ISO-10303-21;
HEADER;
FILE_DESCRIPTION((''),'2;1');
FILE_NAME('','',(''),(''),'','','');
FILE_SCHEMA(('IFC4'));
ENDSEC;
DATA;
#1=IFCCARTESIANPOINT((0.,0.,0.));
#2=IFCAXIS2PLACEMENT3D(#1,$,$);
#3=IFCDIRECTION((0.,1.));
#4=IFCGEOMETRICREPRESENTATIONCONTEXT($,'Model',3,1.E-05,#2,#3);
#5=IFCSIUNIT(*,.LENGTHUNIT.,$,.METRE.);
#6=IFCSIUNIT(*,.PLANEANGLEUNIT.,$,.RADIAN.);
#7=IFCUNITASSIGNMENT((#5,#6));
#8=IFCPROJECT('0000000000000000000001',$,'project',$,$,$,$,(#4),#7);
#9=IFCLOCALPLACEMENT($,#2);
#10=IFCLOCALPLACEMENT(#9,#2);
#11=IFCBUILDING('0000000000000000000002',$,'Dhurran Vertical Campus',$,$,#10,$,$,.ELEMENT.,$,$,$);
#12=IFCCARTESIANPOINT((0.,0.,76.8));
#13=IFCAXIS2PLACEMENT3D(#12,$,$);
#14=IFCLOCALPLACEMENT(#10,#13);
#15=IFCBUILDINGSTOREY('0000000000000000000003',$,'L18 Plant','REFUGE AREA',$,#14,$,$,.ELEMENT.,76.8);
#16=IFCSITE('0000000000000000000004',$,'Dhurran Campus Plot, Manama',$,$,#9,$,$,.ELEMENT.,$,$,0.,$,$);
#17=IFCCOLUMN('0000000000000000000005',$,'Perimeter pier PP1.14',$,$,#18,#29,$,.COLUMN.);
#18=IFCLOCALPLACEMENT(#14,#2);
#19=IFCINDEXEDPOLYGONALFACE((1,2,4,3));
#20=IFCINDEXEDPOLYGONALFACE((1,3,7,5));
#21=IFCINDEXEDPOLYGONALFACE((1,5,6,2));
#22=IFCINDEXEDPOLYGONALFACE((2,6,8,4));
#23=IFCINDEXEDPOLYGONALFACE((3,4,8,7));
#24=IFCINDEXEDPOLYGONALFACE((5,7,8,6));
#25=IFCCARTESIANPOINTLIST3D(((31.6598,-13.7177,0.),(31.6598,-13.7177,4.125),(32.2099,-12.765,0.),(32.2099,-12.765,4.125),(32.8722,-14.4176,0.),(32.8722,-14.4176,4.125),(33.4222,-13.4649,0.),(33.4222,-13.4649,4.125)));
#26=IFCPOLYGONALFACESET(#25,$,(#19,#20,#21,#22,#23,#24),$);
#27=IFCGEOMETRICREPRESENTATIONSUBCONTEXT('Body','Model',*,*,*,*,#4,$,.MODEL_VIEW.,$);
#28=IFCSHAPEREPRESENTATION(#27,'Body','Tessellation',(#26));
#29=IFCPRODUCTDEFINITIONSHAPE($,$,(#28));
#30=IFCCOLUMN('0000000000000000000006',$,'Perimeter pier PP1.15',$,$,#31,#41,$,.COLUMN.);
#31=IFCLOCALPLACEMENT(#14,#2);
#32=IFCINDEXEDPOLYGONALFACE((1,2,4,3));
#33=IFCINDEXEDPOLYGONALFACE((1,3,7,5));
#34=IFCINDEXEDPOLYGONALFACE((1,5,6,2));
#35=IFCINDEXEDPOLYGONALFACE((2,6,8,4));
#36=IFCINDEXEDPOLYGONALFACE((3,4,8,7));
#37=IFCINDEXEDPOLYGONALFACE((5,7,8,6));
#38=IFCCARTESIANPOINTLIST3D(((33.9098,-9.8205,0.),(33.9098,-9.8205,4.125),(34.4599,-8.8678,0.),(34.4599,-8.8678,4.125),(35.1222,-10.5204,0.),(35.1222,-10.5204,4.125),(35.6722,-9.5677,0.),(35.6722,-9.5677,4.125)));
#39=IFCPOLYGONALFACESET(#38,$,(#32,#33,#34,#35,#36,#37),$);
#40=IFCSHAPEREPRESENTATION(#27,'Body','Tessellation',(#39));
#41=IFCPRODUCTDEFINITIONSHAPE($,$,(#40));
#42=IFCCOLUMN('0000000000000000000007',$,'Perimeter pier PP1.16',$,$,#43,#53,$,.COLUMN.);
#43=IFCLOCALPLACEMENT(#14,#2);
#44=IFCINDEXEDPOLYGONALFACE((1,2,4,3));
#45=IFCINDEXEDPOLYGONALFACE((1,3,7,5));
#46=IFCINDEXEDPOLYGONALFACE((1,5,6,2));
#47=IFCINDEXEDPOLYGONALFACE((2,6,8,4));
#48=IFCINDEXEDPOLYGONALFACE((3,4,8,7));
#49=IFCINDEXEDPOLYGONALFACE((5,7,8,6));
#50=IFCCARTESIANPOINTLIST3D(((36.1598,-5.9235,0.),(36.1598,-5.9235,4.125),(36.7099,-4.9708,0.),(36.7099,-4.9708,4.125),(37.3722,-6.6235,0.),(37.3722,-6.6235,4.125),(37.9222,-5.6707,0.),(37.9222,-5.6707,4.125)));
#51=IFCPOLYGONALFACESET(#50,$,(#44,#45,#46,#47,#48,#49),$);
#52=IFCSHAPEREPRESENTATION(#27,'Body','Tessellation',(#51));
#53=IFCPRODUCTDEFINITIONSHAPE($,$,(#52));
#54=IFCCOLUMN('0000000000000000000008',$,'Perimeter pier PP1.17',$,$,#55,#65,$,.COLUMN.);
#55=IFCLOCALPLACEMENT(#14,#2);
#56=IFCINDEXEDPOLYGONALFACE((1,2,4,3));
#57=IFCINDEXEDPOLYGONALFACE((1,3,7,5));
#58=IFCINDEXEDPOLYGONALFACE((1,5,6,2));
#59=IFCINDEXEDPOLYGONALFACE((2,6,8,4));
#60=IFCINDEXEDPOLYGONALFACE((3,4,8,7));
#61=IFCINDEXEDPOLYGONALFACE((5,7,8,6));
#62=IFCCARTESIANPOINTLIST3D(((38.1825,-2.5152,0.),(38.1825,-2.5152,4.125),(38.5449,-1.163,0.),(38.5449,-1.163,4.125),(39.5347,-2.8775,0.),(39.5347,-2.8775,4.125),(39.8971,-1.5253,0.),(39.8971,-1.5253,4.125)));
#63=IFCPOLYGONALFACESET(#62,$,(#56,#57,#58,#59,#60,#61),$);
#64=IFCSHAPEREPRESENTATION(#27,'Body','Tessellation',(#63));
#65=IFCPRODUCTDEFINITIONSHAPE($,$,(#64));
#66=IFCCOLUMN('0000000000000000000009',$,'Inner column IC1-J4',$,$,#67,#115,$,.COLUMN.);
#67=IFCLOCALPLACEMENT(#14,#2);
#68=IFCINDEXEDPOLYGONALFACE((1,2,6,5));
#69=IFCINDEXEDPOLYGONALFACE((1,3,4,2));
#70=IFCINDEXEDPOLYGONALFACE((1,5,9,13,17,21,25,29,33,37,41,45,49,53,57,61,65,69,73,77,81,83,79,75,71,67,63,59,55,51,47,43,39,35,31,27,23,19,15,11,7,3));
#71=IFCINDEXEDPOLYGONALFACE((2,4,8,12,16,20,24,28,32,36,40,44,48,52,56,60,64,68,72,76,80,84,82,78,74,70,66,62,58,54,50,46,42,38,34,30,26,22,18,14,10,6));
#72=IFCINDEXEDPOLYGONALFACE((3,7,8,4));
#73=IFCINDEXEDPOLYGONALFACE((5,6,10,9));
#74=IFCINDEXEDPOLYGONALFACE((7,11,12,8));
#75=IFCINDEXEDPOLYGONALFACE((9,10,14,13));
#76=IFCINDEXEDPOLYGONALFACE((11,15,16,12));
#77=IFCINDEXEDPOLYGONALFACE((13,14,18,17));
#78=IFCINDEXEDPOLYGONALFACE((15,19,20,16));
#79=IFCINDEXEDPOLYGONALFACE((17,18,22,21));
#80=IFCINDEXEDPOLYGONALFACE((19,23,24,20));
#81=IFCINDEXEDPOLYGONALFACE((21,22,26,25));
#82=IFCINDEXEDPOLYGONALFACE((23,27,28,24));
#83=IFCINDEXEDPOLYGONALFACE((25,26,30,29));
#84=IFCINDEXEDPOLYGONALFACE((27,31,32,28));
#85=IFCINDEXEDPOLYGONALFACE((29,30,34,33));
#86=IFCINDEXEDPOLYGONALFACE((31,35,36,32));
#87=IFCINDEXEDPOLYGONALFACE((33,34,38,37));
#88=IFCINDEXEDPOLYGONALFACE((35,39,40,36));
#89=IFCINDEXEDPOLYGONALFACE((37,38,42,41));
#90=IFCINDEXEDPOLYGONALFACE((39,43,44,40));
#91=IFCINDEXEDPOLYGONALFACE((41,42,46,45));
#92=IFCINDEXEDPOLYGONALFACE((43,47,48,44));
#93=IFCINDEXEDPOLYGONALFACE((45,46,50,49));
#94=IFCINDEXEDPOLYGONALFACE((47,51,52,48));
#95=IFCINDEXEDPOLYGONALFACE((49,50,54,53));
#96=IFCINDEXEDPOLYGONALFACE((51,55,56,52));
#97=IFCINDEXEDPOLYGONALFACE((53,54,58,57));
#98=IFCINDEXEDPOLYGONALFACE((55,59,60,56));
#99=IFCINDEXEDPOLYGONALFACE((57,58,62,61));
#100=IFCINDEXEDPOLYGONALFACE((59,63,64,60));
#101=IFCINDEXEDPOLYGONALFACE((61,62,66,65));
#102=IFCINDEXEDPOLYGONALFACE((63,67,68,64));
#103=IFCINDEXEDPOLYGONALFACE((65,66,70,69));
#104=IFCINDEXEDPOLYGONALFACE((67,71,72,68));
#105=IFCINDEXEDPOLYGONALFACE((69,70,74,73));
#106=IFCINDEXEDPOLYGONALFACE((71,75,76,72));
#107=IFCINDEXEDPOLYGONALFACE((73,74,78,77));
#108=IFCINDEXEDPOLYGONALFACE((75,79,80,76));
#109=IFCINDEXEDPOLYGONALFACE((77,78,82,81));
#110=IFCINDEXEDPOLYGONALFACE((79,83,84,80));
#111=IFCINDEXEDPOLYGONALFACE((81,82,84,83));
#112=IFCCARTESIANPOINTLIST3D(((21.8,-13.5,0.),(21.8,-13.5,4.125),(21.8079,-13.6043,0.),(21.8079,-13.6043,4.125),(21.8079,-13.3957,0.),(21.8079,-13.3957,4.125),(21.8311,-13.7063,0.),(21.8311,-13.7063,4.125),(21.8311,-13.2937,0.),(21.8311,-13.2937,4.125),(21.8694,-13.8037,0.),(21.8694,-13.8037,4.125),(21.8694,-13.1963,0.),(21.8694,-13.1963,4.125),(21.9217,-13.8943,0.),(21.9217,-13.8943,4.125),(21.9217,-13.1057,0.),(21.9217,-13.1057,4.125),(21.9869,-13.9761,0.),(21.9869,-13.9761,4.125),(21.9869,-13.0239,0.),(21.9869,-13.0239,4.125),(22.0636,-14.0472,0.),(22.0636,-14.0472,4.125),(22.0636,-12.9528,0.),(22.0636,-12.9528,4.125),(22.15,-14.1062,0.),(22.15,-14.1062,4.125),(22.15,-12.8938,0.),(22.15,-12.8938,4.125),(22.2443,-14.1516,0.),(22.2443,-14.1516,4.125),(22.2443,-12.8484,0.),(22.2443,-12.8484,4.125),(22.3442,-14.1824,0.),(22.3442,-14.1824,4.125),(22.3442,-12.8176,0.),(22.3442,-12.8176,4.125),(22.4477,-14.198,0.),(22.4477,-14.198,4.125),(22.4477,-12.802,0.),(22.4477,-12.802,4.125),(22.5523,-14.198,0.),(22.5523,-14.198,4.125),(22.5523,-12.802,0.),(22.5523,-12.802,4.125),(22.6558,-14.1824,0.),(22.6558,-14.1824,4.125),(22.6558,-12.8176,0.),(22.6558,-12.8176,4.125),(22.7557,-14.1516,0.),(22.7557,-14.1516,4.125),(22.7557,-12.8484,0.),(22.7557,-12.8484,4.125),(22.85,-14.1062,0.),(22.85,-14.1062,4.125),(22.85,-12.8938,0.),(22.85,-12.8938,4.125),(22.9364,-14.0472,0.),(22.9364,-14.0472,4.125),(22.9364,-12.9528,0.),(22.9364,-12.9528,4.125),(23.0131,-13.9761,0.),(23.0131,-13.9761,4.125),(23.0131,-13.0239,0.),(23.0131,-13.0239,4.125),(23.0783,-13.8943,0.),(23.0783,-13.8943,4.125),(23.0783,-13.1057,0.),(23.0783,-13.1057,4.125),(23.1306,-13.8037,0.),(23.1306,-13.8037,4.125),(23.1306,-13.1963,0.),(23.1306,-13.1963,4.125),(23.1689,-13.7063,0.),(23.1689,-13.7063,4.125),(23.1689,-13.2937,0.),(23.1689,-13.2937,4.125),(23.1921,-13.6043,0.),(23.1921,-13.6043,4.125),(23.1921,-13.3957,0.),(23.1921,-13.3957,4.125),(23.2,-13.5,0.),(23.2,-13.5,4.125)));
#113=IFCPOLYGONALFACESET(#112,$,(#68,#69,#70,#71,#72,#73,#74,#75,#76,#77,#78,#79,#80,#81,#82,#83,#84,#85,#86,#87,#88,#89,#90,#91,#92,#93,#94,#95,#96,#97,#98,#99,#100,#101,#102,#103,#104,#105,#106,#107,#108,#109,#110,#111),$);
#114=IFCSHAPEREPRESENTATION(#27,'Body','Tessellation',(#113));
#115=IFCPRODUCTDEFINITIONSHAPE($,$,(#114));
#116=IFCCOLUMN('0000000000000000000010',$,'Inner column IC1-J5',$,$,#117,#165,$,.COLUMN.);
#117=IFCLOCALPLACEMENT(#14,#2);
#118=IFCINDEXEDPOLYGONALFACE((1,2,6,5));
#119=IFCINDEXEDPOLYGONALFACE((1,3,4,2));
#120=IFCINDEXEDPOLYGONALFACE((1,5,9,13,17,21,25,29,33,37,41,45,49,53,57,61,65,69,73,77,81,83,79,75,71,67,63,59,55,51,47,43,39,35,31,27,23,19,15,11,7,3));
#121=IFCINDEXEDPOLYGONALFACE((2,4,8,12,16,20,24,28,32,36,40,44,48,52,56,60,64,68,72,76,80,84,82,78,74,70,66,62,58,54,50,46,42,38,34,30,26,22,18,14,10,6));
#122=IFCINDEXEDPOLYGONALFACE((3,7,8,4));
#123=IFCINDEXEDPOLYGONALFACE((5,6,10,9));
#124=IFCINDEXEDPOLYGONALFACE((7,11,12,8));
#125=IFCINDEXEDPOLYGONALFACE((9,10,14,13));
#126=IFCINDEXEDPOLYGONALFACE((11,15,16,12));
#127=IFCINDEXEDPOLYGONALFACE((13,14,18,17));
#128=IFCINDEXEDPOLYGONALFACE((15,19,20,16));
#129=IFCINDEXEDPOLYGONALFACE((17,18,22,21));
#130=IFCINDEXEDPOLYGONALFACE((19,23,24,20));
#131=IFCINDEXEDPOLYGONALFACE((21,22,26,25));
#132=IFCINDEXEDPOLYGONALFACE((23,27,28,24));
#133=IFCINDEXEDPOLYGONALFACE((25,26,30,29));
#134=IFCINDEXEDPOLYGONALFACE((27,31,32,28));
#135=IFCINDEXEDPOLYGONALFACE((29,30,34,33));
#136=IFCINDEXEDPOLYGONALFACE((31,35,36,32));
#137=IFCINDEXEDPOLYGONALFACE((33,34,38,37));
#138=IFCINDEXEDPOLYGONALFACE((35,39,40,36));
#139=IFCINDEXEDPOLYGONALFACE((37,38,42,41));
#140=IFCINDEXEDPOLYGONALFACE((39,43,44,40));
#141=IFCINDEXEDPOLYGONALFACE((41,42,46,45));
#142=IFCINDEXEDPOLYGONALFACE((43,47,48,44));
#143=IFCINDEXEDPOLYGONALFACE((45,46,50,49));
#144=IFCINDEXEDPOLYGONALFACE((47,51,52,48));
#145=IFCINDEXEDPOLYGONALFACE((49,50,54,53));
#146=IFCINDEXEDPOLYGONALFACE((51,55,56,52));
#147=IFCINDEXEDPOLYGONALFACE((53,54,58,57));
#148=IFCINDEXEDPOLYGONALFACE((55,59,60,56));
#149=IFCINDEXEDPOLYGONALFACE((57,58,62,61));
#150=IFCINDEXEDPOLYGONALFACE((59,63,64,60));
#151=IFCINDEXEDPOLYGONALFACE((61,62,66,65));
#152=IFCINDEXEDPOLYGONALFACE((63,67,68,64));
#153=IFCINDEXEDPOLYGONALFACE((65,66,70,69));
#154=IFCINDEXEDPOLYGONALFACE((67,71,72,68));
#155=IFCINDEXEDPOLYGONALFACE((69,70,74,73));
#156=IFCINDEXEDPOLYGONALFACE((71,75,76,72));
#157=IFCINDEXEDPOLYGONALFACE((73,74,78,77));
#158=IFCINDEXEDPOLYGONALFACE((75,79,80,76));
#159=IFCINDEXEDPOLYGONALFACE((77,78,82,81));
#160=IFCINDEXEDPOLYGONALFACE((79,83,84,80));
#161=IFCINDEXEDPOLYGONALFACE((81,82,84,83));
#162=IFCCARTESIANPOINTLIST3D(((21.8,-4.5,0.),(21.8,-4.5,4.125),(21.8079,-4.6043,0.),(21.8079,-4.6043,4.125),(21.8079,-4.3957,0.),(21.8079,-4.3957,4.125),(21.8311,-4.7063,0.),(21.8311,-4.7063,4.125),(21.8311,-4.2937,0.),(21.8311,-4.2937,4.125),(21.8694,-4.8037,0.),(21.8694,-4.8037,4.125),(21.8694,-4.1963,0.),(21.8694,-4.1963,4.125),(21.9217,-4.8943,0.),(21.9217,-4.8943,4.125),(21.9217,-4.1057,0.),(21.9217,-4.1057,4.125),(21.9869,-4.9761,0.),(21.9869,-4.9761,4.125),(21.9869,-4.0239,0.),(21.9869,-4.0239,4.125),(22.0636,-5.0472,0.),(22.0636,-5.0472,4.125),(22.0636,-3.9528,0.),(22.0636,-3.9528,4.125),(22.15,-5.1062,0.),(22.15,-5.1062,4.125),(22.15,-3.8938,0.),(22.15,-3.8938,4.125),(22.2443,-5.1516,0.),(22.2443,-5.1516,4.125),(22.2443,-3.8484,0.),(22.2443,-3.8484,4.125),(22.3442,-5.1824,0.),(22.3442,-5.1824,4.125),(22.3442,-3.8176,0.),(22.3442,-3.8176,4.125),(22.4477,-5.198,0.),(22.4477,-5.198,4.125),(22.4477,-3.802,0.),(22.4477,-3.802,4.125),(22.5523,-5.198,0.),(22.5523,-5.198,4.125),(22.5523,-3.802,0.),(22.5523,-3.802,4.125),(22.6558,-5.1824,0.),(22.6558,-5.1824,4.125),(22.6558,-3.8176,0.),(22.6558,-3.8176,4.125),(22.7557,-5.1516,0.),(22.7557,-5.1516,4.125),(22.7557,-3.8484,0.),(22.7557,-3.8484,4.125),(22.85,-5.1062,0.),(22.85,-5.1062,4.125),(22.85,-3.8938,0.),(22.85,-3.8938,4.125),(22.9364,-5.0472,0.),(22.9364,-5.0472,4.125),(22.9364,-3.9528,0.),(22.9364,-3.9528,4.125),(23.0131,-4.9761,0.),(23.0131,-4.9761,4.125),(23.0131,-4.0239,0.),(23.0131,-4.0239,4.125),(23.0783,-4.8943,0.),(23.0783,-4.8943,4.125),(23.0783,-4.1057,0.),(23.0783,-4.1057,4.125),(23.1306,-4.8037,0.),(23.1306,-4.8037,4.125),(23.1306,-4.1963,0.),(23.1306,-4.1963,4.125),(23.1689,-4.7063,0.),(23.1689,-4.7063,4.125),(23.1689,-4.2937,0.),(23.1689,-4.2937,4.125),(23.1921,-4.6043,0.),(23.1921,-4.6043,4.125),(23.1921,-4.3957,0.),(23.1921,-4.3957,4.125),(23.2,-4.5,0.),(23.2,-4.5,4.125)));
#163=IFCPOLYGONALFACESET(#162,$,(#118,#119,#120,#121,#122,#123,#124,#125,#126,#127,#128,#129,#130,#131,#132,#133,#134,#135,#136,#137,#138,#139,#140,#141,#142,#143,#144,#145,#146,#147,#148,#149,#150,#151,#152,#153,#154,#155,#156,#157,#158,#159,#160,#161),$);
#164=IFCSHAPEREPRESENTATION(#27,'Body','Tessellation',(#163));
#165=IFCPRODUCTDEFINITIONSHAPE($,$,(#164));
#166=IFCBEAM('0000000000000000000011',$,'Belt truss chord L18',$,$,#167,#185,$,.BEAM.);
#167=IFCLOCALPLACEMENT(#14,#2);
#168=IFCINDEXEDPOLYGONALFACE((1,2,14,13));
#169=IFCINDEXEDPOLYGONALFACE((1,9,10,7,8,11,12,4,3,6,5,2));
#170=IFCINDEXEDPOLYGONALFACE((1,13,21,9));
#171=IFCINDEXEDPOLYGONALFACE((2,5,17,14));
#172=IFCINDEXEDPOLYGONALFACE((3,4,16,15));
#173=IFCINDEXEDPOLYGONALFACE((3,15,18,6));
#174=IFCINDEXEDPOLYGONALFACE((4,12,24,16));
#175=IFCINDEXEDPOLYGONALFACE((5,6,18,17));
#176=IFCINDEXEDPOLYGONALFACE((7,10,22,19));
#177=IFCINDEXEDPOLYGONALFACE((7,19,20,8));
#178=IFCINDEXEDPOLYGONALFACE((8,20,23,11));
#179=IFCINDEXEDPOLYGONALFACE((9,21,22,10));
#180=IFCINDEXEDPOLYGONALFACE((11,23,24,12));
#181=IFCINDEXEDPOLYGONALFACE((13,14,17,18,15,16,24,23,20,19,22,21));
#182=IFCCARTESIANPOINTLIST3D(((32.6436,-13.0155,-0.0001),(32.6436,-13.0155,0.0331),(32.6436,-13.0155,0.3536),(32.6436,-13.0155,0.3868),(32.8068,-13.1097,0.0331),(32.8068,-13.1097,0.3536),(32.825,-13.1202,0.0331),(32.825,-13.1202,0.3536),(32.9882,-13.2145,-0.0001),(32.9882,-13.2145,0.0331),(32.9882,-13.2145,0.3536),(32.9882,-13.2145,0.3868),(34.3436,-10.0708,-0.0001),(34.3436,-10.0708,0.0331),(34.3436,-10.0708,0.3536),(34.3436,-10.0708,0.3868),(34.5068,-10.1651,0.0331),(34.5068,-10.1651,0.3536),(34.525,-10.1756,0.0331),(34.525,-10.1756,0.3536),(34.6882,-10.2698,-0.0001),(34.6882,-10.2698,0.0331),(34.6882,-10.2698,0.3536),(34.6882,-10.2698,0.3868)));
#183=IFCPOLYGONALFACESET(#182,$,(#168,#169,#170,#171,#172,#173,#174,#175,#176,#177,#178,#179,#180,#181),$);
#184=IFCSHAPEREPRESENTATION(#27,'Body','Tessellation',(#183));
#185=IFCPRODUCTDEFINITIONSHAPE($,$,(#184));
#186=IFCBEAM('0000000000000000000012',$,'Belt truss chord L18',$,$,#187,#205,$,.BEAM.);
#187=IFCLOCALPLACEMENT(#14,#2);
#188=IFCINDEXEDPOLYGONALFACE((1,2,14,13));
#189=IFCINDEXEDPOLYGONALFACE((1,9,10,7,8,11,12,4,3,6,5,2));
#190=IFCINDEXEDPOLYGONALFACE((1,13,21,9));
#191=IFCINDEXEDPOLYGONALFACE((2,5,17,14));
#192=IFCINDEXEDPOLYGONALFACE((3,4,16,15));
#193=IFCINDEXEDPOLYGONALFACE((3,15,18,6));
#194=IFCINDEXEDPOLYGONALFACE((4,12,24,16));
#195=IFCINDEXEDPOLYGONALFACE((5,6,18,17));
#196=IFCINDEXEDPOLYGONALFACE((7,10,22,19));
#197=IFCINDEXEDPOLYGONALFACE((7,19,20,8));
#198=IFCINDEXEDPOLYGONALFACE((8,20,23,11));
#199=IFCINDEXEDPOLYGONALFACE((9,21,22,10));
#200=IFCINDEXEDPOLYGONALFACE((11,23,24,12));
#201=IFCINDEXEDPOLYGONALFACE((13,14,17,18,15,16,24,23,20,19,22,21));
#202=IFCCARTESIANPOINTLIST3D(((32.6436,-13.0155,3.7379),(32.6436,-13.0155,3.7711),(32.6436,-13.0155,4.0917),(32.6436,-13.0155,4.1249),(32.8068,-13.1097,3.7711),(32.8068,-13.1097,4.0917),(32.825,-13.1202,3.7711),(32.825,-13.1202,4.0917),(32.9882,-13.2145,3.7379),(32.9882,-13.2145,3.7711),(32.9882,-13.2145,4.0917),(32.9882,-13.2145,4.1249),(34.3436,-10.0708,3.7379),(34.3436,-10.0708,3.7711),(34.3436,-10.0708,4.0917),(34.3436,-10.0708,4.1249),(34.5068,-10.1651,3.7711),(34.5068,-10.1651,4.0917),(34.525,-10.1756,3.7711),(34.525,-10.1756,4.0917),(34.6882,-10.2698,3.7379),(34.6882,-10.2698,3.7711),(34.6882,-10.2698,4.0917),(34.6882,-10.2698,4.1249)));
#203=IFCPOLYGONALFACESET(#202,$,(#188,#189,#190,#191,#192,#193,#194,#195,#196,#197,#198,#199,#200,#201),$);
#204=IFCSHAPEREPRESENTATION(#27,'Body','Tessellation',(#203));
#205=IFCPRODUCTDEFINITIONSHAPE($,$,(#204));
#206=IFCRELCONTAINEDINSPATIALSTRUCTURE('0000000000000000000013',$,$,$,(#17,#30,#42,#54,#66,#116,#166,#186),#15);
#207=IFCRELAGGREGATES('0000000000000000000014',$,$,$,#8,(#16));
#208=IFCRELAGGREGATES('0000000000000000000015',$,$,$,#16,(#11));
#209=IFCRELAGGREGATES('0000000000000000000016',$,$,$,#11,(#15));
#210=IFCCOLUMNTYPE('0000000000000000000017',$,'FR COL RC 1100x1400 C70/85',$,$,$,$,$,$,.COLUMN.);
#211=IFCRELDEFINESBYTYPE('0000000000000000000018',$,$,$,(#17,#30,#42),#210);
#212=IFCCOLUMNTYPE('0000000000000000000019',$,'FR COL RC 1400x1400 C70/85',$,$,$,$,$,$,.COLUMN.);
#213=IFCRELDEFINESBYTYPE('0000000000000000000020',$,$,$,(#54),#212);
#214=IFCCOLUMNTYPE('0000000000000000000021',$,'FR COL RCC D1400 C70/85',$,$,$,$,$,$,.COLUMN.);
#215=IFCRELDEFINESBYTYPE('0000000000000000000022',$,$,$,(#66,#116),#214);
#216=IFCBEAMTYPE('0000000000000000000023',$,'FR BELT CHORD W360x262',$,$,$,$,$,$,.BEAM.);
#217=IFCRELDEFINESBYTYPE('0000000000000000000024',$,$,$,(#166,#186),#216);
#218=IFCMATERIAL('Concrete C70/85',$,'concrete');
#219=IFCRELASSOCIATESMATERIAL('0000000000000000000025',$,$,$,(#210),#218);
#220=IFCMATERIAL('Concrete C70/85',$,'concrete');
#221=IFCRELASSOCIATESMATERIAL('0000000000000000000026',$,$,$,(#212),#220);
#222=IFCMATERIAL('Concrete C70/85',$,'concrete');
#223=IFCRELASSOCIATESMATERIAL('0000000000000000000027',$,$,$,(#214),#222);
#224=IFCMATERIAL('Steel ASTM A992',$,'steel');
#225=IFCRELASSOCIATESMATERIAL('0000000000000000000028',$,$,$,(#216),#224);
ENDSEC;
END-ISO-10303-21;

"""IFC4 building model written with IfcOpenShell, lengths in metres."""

from ifc_helpers import new_model, si_unit, direction, frame, origin, origin_2d, place, context, subcontext, project, spatial, rectangle, circle, i_section, extrude, material, material_profile, profile_set, type_object, element, save


model = new_model("IFC4")

# Units and contexts
model_context = context("Model", 3, precision=1e-05, world=origin(), true_north=direction((0.0, 1.0)))
body_context = subcontext(model_context, "Body", "Model", "MODEL_VIEW")
ifc_project = project(units=[si_unit("LENGTHUNIT", "METRE"), si_unit("PLANEANGLEUNIT", "RADIAN")], contexts=[model_context])

# Site, building, storey
site_placement = place(None, origin())
site = spatial("IfcSite", under=ifc_project, at=site_placement, Name="Dhurran Campus Plot, Manama", CompositionType="ELEMENT", RefElevation=0.0)
building_placement = place(site_placement, origin())
building = spatial("IfcBuilding", under=site, at=building_placement, Name="Dhurran Vertical Campus", CompositionType="ELEMENT")
storey_placement = place(building_placement, frame((0.0, 0.0, 76.8)))
storey = spatial("IfcBuildingStorey", under=building, at=storey_placement, Name="L18 Plant", Description="REFUGE AREA", CompositionType="ELEMENT", Elevation=76.8)

# Columns
ifc_material_1 = material(Name="Concrete C70/85", Category="concrete")
ifc_material_profile_1 = material_profile(ifc_material_1, rectangle(XDim=1.1001, YDim=1.3999, at=origin_2d()), Name="RC 1100x1400")
ifc_profile_set_1 = profile_set([ifc_material_profile_1], Name="Concrete C70/85")
column_type_1 = type_object("IfcColumnType", Name="FR COL RC 1100x1400 C70/85", PredefinedType="COLUMN", material=ifc_profile_set_1)
for number, where, z_axis, x_axis, name in (
    (1, (32.541, -13.5913, 0.0), (0.0, 0.0, 1.0), (0.5, 0.866025, 0.0), "Perimeter pier PP1.14"),
    (2, (34.791, -9.6941, 0.0), (0.0, 0.0, 1.0), (0.5, 0.866025, 0.0), "Perimeter pier PP1.15"),
    (3, (37.041, -5.7971, 0.0), (0.0, 0.0, 1.0), (0.5, 0.866025, 0.0), "Perimeter pier PP1.16"),
):
    element("IfcColumn", number, at=place(storey_placement, frame(where, z_axis=z_axis, x_axis=x_axis)), inside=storey, type_object=column_type_1, Name=name, PredefinedType="COLUMN", context=body_context, shape_type="SweptSolid", body=[
        extrude(rectangle(XDim=1.1001, YDim=1.3999, at=origin_2d()), origin(), (0.0, 0.0, 1.0), 4.125),
    ])
ifc_material_2 = material(Name="Concrete C70/85", Category="concrete")
ifc_material_profile_2 = material_profile(ifc_material_2, rectangle(XDim=1.3999, YDim=1.3999, at=origin_2d()), Name="RC 1400x1400")
ifc_profile_set_2 = profile_set([ifc_material_profile_2], Name="Concrete C70/85")
column_type_2 = type_object("IfcColumnType", Name="FR COL RC 1400x1400 C70/85", PredefinedType="COLUMN", material=ifc_profile_set_2)
column_placement = place(storey_placement, frame((39.0398, -2.0203, 0.0), z_axis=(0.0, 0.0, 1.0), x_axis=(0.258819, 0.965926, 0.0)))
element("IfcColumn", 4, at=column_placement, inside=storey, type_object=column_type_2, Name="Perimeter pier PP1.17", PredefinedType="COLUMN", context=body_context, shape_type="SweptSolid", body=[
    extrude(rectangle(XDim=1.3999, YDim=1.3999, at=origin_2d()), origin(), (0.0, 0.0, 1.0), 4.125),
])
ifc_material_3 = material(Name="Concrete C70/85", Category="concrete")
ifc_material_profile_3 = material_profile(ifc_material_3, circle(Radius=0.7, at=origin_2d()), Name="RCC D1400")
ifc_profile_set_3 = profile_set([ifc_material_profile_3], Name="Concrete C70/85")
column_type_3 = type_object("IfcColumnType", Name="FR COL RCC D1400 C70/85", PredefinedType="COLUMN", material=ifc_profile_set_3)
for number, where, z_axis, x_axis, name in (
    (5, (22.5, -13.5, 0.0), (0.0, 0.0, 1.0), (1.0, 0.0, 0.0), "Inner column IC1-J4"),
    (6, (22.5, -4.5, 0.0), (0.0, 0.0, 1.0), (1.0, 0.0, 0.0), "Inner column IC1-J5"),
):
    element("IfcColumn", number, at=place(storey_placement, frame(where, z_axis=z_axis, x_axis=x_axis)), inside=storey, type_object=column_type_3, Name=name, PredefinedType="COLUMN", context=body_context, shape_type="SweptSolid", body=[
        extrude(circle(Radius=0.7, at=origin_2d()), origin(), (0.0, 0.0, 1.0), 4.125),
    ])

# Beams
ifc_material_4 = material(Name="Steel ASTM A992", Category="steel")
ifc_material_profile_4 = material_profile(ifc_material_4, i_section(OverallWidth=0.3979, OverallDepth=0.387, WebThickness=0.021, FlangeThickness=0.0332, at=origin_2d()), Name="W360x262")
ifc_profile_set_4 = profile_set([ifc_material_profile_4], Name="Steel ASTM A992")
beam_type = type_object("IfcBeamType", Name="FR BELT CHORD W360x262", PredefinedType="BEAM", material=ifc_profile_set_4)
for number, where, z_axis, x_axis, name in (
    (7, (32.8159, -13.115, 0.1934), (0.499977, 0.866039, 0.0), (-0.866039, 0.499977, 0.0), "Belt truss chord L18"),
    (8, (32.8159, -13.115, 3.9314), (0.499977, 0.866039, 0.0), (-0.866039, 0.499977, 0.0), "Belt truss chord L18"),
):
    element("IfcBeam", number, at=place(storey_placement, frame(where, z_axis=z_axis, x_axis=x_axis)), inside=storey, type_object=beam_type, Name=name, PredefinedType="BEAM", context=body_context, shape_type="SweptSolid", body=[
        extrude(i_section(OverallWidth=0.3979, OverallDepth=0.387, WebThickness=0.021, FlangeThickness=0.0332, at=origin_2d()), origin(), (0.0, 0.0, 1.0), 3.4001),
    ])

save(model, "model.ifc")
